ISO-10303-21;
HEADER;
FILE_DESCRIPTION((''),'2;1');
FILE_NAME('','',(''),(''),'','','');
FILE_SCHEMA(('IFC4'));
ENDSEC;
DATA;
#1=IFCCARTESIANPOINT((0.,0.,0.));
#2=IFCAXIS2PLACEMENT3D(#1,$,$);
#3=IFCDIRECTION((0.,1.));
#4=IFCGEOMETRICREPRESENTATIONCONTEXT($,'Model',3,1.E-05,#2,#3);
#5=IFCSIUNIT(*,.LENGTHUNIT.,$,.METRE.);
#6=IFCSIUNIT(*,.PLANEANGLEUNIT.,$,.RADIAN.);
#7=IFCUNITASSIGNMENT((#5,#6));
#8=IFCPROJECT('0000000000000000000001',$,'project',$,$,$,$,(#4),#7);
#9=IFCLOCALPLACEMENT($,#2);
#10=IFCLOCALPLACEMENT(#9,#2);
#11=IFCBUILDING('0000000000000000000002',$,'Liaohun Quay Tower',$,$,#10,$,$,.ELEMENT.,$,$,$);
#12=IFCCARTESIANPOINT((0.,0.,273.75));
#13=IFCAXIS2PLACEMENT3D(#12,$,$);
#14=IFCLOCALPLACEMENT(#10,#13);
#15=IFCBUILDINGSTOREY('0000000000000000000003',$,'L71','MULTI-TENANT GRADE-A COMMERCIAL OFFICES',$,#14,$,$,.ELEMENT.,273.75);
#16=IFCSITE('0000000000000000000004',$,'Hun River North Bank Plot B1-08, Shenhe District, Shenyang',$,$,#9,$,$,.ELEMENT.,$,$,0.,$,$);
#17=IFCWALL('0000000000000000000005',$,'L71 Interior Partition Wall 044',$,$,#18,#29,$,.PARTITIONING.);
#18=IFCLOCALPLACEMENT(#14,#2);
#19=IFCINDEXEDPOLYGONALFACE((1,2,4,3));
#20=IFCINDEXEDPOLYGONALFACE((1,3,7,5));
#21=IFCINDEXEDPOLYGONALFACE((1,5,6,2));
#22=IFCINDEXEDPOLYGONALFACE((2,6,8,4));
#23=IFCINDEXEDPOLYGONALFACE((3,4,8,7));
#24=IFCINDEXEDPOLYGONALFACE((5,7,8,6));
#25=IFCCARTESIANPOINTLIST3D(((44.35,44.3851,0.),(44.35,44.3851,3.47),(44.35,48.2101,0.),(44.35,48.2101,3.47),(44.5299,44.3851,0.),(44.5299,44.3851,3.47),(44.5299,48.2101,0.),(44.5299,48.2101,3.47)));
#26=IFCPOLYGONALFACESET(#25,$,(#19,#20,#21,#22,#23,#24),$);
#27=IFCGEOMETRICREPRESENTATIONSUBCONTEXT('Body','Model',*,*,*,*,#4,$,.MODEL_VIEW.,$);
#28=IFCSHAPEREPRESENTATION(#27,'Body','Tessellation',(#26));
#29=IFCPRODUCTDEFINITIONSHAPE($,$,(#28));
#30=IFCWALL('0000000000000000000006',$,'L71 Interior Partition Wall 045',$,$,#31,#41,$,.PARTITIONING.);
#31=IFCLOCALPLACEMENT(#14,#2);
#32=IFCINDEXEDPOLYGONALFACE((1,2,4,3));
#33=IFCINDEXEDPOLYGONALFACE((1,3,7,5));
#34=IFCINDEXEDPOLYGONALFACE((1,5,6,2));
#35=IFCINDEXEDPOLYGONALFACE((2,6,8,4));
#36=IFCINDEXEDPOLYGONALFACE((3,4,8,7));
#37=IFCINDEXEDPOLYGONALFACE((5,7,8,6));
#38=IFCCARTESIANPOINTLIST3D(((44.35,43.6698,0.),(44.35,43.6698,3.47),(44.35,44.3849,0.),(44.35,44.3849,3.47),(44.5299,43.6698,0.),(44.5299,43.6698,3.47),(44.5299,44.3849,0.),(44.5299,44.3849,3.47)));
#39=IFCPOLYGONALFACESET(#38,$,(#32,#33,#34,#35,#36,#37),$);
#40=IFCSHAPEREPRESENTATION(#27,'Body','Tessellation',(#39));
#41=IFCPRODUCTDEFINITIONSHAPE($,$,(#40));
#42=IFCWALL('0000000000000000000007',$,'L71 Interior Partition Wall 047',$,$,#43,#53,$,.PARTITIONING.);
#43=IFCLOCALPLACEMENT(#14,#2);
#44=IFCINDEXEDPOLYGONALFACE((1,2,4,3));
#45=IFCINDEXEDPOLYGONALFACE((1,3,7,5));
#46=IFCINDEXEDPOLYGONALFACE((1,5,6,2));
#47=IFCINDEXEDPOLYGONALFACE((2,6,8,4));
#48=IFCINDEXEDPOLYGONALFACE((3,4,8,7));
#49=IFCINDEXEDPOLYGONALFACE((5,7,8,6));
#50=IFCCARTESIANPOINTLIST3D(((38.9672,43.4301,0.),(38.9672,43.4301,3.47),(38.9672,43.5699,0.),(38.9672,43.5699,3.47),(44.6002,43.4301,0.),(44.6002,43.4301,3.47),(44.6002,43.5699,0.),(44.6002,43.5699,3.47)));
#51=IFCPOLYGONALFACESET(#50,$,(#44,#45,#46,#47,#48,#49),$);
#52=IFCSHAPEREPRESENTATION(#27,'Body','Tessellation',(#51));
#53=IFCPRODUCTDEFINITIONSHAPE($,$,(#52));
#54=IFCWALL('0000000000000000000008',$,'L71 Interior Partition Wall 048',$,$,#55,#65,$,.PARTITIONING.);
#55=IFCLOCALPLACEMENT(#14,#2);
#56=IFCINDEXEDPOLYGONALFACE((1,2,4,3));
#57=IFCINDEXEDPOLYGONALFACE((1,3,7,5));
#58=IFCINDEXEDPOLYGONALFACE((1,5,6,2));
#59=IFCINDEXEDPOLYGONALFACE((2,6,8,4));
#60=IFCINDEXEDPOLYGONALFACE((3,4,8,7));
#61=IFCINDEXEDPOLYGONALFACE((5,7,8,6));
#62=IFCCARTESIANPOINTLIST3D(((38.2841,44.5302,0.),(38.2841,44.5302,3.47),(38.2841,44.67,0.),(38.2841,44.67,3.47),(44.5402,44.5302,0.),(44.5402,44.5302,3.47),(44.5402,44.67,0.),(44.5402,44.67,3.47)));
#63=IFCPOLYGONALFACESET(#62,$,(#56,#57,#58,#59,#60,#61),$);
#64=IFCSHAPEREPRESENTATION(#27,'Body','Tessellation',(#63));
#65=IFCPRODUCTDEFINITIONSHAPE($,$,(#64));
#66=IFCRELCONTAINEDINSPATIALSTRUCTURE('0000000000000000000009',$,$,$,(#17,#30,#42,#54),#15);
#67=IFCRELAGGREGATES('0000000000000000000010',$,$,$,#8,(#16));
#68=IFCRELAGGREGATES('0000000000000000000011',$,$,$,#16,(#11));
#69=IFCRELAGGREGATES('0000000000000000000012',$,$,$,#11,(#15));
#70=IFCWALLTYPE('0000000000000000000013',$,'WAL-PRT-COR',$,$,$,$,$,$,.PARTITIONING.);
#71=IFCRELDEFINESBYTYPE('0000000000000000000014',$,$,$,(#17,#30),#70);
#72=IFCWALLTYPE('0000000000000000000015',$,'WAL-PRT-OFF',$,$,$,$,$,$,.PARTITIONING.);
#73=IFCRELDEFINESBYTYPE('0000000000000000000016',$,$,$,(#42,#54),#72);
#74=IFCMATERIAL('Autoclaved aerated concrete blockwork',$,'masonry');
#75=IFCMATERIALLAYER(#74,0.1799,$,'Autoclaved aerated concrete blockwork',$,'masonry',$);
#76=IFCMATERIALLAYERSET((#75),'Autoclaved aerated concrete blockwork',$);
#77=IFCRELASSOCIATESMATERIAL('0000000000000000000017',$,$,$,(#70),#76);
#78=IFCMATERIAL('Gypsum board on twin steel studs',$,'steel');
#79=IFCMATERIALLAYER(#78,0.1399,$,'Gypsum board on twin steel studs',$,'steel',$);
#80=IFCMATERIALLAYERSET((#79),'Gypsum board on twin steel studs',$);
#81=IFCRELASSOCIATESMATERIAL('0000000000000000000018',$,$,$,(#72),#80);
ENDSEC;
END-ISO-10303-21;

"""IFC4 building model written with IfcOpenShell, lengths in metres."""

from ifc_helpers import new_model, si_unit, direction, frame, frame_2d, origin, place, context, subcontext, project, spatial, rectangle, extrude, material, layer, layer_set, type_object, element, save


model = new_model("IFC4")

# Units and contexts
model_context = context("Model", 3, precision=1e-05, world=origin(), true_north=direction((0.0, 1.0)))
body_context = subcontext(model_context, "Body", "Model", "MODEL_VIEW")
ifc_project = project(units=[si_unit("LENGTHUNIT", "METRE"), si_unit("PLANEANGLEUNIT", "RADIAN")], contexts=[model_context])

# Site, building, storey
site_placement = place(None, origin())
site = spatial("IfcSite", under=ifc_project, at=site_placement, Name="Hun River North Bank Plot B1-08, Shenhe District, Shenyang", CompositionType="ELEMENT", RefElevation=0.0)
building_placement = place(site_placement, origin())
building = spatial("IfcBuilding", under=site, at=building_placement, Name="Liaohun Quay Tower", CompositionType="ELEMENT")
storey_placement = place(building_placement, frame((0.0, 0.0, 273.75)))
storey = spatial("IfcBuildingStorey", under=building, at=storey_placement, Name="L71", Description="MULTI-TENANT GRADE-A COMMERCIAL OFFICES", CompositionType="ELEMENT", Elevation=273.75)

# Walls
ifc_material_1 = material(Name="Autoclaved aerated concrete blockwork", Category="masonry")
ifc_layer_1 = layer(ifc_material_1, 0.1799, Name="Autoclaved aerated concrete blockwork", Category="masonry")
ifc_layer_set_1 = layer_set([ifc_layer_1], Name="Autoclaved aerated concrete blockwork")
wall_type_1 = type_object("IfcWallType", Name="WAL-PRT-COR", PredefinedType="PARTITIONING", material=ifc_layer_set_1)
wall_1_placement = place(storey_placement, frame((44.4399, 44.385, 0.0), z_axis=(0.0, 0.0, 1.0), x_axis=(0.0, 1.0, 0.0)))
element("IfcWall", 1, at=wall_1_placement, inside=storey, type_object=wall_type_1, Name="L71 Interior Partition Wall 044", PredefinedType="PARTITIONING", context=body_context, shape_type="SweptSolid", body=[
    extrude(rectangle(XDim=3.825, YDim=0.1799, at=frame_2d((1.9126, 0.0))), origin(), (0.0, 0.0, 1.0), 3.47),
])
wall_2_placement = place(storey_placement, frame((44.4399, 43.6699, 0.0), z_axis=(0.0, 0.0, 1.0), x_axis=(0.0, 1.0, 0.0)))
element("IfcWall", 2, at=wall_2_placement, inside=storey, type_object=wall_type_1, Name="L71 Interior Partition Wall 045", PredefinedType="PARTITIONING", context=body_context, shape_type="SweptSolid", body=[
    extrude(rectangle(XDim=0.7151, YDim=0.1799, at=frame_2d((0.3574, 0.0))), origin(), (0.0, 0.0, 1.0), 3.47),
])
ifc_material_2 = material(Name="Gypsum board on twin steel studs", Category="steel")
ifc_layer_2 = layer(ifc_material_2, 0.1399, Name="Gypsum board on twin steel studs", Category="steel")
ifc_layer_set_2 = layer_set([ifc_layer_2], Name="Gypsum board on twin steel studs")
wall_type_2 = type_object("IfcWallType", Name="WAL-PRT-OFF", PredefinedType="PARTITIONING", material=ifc_layer_set_2)
wall_3_placement = place(storey_placement, frame((44.6001, 43.5, 0.0), z_axis=(0.0, 0.0, 1.0), x_axis=(-1.0, 0.0, 0.0)))
element("IfcWall", 3, at=wall_3_placement, inside=storey, type_object=wall_type_2, Name="L71 Interior Partition Wall 047", PredefinedType="PARTITIONING", context=body_context, shape_type="SweptSolid", body=[
    extrude(rectangle(XDim=5.6331, YDim=0.1399, at=frame_2d((2.8164, 0.0))), origin(), (0.0, 0.0, 1.0), 3.47),
])
wall_4_placement = place(storey_placement, frame((44.54, 44.6001, 0.0), z_axis=(0.0, 0.0, 1.0), x_axis=(-1.0, 0.0, 0.0)))
element("IfcWall", 4, at=wall_4_placement, inside=storey, type_object=wall_type_2, Name="L71 Interior Partition Wall 048", PredefinedType="PARTITIONING", context=body_context, shape_type="SweptSolid", body=[
    extrude(rectangle(XDim=6.2561, YDim=0.1399, at=frame_2d((3.1279, 0.0))), origin(), (0.0, 0.0, 1.0), 3.47),
])

save(model, "model.ifc")
